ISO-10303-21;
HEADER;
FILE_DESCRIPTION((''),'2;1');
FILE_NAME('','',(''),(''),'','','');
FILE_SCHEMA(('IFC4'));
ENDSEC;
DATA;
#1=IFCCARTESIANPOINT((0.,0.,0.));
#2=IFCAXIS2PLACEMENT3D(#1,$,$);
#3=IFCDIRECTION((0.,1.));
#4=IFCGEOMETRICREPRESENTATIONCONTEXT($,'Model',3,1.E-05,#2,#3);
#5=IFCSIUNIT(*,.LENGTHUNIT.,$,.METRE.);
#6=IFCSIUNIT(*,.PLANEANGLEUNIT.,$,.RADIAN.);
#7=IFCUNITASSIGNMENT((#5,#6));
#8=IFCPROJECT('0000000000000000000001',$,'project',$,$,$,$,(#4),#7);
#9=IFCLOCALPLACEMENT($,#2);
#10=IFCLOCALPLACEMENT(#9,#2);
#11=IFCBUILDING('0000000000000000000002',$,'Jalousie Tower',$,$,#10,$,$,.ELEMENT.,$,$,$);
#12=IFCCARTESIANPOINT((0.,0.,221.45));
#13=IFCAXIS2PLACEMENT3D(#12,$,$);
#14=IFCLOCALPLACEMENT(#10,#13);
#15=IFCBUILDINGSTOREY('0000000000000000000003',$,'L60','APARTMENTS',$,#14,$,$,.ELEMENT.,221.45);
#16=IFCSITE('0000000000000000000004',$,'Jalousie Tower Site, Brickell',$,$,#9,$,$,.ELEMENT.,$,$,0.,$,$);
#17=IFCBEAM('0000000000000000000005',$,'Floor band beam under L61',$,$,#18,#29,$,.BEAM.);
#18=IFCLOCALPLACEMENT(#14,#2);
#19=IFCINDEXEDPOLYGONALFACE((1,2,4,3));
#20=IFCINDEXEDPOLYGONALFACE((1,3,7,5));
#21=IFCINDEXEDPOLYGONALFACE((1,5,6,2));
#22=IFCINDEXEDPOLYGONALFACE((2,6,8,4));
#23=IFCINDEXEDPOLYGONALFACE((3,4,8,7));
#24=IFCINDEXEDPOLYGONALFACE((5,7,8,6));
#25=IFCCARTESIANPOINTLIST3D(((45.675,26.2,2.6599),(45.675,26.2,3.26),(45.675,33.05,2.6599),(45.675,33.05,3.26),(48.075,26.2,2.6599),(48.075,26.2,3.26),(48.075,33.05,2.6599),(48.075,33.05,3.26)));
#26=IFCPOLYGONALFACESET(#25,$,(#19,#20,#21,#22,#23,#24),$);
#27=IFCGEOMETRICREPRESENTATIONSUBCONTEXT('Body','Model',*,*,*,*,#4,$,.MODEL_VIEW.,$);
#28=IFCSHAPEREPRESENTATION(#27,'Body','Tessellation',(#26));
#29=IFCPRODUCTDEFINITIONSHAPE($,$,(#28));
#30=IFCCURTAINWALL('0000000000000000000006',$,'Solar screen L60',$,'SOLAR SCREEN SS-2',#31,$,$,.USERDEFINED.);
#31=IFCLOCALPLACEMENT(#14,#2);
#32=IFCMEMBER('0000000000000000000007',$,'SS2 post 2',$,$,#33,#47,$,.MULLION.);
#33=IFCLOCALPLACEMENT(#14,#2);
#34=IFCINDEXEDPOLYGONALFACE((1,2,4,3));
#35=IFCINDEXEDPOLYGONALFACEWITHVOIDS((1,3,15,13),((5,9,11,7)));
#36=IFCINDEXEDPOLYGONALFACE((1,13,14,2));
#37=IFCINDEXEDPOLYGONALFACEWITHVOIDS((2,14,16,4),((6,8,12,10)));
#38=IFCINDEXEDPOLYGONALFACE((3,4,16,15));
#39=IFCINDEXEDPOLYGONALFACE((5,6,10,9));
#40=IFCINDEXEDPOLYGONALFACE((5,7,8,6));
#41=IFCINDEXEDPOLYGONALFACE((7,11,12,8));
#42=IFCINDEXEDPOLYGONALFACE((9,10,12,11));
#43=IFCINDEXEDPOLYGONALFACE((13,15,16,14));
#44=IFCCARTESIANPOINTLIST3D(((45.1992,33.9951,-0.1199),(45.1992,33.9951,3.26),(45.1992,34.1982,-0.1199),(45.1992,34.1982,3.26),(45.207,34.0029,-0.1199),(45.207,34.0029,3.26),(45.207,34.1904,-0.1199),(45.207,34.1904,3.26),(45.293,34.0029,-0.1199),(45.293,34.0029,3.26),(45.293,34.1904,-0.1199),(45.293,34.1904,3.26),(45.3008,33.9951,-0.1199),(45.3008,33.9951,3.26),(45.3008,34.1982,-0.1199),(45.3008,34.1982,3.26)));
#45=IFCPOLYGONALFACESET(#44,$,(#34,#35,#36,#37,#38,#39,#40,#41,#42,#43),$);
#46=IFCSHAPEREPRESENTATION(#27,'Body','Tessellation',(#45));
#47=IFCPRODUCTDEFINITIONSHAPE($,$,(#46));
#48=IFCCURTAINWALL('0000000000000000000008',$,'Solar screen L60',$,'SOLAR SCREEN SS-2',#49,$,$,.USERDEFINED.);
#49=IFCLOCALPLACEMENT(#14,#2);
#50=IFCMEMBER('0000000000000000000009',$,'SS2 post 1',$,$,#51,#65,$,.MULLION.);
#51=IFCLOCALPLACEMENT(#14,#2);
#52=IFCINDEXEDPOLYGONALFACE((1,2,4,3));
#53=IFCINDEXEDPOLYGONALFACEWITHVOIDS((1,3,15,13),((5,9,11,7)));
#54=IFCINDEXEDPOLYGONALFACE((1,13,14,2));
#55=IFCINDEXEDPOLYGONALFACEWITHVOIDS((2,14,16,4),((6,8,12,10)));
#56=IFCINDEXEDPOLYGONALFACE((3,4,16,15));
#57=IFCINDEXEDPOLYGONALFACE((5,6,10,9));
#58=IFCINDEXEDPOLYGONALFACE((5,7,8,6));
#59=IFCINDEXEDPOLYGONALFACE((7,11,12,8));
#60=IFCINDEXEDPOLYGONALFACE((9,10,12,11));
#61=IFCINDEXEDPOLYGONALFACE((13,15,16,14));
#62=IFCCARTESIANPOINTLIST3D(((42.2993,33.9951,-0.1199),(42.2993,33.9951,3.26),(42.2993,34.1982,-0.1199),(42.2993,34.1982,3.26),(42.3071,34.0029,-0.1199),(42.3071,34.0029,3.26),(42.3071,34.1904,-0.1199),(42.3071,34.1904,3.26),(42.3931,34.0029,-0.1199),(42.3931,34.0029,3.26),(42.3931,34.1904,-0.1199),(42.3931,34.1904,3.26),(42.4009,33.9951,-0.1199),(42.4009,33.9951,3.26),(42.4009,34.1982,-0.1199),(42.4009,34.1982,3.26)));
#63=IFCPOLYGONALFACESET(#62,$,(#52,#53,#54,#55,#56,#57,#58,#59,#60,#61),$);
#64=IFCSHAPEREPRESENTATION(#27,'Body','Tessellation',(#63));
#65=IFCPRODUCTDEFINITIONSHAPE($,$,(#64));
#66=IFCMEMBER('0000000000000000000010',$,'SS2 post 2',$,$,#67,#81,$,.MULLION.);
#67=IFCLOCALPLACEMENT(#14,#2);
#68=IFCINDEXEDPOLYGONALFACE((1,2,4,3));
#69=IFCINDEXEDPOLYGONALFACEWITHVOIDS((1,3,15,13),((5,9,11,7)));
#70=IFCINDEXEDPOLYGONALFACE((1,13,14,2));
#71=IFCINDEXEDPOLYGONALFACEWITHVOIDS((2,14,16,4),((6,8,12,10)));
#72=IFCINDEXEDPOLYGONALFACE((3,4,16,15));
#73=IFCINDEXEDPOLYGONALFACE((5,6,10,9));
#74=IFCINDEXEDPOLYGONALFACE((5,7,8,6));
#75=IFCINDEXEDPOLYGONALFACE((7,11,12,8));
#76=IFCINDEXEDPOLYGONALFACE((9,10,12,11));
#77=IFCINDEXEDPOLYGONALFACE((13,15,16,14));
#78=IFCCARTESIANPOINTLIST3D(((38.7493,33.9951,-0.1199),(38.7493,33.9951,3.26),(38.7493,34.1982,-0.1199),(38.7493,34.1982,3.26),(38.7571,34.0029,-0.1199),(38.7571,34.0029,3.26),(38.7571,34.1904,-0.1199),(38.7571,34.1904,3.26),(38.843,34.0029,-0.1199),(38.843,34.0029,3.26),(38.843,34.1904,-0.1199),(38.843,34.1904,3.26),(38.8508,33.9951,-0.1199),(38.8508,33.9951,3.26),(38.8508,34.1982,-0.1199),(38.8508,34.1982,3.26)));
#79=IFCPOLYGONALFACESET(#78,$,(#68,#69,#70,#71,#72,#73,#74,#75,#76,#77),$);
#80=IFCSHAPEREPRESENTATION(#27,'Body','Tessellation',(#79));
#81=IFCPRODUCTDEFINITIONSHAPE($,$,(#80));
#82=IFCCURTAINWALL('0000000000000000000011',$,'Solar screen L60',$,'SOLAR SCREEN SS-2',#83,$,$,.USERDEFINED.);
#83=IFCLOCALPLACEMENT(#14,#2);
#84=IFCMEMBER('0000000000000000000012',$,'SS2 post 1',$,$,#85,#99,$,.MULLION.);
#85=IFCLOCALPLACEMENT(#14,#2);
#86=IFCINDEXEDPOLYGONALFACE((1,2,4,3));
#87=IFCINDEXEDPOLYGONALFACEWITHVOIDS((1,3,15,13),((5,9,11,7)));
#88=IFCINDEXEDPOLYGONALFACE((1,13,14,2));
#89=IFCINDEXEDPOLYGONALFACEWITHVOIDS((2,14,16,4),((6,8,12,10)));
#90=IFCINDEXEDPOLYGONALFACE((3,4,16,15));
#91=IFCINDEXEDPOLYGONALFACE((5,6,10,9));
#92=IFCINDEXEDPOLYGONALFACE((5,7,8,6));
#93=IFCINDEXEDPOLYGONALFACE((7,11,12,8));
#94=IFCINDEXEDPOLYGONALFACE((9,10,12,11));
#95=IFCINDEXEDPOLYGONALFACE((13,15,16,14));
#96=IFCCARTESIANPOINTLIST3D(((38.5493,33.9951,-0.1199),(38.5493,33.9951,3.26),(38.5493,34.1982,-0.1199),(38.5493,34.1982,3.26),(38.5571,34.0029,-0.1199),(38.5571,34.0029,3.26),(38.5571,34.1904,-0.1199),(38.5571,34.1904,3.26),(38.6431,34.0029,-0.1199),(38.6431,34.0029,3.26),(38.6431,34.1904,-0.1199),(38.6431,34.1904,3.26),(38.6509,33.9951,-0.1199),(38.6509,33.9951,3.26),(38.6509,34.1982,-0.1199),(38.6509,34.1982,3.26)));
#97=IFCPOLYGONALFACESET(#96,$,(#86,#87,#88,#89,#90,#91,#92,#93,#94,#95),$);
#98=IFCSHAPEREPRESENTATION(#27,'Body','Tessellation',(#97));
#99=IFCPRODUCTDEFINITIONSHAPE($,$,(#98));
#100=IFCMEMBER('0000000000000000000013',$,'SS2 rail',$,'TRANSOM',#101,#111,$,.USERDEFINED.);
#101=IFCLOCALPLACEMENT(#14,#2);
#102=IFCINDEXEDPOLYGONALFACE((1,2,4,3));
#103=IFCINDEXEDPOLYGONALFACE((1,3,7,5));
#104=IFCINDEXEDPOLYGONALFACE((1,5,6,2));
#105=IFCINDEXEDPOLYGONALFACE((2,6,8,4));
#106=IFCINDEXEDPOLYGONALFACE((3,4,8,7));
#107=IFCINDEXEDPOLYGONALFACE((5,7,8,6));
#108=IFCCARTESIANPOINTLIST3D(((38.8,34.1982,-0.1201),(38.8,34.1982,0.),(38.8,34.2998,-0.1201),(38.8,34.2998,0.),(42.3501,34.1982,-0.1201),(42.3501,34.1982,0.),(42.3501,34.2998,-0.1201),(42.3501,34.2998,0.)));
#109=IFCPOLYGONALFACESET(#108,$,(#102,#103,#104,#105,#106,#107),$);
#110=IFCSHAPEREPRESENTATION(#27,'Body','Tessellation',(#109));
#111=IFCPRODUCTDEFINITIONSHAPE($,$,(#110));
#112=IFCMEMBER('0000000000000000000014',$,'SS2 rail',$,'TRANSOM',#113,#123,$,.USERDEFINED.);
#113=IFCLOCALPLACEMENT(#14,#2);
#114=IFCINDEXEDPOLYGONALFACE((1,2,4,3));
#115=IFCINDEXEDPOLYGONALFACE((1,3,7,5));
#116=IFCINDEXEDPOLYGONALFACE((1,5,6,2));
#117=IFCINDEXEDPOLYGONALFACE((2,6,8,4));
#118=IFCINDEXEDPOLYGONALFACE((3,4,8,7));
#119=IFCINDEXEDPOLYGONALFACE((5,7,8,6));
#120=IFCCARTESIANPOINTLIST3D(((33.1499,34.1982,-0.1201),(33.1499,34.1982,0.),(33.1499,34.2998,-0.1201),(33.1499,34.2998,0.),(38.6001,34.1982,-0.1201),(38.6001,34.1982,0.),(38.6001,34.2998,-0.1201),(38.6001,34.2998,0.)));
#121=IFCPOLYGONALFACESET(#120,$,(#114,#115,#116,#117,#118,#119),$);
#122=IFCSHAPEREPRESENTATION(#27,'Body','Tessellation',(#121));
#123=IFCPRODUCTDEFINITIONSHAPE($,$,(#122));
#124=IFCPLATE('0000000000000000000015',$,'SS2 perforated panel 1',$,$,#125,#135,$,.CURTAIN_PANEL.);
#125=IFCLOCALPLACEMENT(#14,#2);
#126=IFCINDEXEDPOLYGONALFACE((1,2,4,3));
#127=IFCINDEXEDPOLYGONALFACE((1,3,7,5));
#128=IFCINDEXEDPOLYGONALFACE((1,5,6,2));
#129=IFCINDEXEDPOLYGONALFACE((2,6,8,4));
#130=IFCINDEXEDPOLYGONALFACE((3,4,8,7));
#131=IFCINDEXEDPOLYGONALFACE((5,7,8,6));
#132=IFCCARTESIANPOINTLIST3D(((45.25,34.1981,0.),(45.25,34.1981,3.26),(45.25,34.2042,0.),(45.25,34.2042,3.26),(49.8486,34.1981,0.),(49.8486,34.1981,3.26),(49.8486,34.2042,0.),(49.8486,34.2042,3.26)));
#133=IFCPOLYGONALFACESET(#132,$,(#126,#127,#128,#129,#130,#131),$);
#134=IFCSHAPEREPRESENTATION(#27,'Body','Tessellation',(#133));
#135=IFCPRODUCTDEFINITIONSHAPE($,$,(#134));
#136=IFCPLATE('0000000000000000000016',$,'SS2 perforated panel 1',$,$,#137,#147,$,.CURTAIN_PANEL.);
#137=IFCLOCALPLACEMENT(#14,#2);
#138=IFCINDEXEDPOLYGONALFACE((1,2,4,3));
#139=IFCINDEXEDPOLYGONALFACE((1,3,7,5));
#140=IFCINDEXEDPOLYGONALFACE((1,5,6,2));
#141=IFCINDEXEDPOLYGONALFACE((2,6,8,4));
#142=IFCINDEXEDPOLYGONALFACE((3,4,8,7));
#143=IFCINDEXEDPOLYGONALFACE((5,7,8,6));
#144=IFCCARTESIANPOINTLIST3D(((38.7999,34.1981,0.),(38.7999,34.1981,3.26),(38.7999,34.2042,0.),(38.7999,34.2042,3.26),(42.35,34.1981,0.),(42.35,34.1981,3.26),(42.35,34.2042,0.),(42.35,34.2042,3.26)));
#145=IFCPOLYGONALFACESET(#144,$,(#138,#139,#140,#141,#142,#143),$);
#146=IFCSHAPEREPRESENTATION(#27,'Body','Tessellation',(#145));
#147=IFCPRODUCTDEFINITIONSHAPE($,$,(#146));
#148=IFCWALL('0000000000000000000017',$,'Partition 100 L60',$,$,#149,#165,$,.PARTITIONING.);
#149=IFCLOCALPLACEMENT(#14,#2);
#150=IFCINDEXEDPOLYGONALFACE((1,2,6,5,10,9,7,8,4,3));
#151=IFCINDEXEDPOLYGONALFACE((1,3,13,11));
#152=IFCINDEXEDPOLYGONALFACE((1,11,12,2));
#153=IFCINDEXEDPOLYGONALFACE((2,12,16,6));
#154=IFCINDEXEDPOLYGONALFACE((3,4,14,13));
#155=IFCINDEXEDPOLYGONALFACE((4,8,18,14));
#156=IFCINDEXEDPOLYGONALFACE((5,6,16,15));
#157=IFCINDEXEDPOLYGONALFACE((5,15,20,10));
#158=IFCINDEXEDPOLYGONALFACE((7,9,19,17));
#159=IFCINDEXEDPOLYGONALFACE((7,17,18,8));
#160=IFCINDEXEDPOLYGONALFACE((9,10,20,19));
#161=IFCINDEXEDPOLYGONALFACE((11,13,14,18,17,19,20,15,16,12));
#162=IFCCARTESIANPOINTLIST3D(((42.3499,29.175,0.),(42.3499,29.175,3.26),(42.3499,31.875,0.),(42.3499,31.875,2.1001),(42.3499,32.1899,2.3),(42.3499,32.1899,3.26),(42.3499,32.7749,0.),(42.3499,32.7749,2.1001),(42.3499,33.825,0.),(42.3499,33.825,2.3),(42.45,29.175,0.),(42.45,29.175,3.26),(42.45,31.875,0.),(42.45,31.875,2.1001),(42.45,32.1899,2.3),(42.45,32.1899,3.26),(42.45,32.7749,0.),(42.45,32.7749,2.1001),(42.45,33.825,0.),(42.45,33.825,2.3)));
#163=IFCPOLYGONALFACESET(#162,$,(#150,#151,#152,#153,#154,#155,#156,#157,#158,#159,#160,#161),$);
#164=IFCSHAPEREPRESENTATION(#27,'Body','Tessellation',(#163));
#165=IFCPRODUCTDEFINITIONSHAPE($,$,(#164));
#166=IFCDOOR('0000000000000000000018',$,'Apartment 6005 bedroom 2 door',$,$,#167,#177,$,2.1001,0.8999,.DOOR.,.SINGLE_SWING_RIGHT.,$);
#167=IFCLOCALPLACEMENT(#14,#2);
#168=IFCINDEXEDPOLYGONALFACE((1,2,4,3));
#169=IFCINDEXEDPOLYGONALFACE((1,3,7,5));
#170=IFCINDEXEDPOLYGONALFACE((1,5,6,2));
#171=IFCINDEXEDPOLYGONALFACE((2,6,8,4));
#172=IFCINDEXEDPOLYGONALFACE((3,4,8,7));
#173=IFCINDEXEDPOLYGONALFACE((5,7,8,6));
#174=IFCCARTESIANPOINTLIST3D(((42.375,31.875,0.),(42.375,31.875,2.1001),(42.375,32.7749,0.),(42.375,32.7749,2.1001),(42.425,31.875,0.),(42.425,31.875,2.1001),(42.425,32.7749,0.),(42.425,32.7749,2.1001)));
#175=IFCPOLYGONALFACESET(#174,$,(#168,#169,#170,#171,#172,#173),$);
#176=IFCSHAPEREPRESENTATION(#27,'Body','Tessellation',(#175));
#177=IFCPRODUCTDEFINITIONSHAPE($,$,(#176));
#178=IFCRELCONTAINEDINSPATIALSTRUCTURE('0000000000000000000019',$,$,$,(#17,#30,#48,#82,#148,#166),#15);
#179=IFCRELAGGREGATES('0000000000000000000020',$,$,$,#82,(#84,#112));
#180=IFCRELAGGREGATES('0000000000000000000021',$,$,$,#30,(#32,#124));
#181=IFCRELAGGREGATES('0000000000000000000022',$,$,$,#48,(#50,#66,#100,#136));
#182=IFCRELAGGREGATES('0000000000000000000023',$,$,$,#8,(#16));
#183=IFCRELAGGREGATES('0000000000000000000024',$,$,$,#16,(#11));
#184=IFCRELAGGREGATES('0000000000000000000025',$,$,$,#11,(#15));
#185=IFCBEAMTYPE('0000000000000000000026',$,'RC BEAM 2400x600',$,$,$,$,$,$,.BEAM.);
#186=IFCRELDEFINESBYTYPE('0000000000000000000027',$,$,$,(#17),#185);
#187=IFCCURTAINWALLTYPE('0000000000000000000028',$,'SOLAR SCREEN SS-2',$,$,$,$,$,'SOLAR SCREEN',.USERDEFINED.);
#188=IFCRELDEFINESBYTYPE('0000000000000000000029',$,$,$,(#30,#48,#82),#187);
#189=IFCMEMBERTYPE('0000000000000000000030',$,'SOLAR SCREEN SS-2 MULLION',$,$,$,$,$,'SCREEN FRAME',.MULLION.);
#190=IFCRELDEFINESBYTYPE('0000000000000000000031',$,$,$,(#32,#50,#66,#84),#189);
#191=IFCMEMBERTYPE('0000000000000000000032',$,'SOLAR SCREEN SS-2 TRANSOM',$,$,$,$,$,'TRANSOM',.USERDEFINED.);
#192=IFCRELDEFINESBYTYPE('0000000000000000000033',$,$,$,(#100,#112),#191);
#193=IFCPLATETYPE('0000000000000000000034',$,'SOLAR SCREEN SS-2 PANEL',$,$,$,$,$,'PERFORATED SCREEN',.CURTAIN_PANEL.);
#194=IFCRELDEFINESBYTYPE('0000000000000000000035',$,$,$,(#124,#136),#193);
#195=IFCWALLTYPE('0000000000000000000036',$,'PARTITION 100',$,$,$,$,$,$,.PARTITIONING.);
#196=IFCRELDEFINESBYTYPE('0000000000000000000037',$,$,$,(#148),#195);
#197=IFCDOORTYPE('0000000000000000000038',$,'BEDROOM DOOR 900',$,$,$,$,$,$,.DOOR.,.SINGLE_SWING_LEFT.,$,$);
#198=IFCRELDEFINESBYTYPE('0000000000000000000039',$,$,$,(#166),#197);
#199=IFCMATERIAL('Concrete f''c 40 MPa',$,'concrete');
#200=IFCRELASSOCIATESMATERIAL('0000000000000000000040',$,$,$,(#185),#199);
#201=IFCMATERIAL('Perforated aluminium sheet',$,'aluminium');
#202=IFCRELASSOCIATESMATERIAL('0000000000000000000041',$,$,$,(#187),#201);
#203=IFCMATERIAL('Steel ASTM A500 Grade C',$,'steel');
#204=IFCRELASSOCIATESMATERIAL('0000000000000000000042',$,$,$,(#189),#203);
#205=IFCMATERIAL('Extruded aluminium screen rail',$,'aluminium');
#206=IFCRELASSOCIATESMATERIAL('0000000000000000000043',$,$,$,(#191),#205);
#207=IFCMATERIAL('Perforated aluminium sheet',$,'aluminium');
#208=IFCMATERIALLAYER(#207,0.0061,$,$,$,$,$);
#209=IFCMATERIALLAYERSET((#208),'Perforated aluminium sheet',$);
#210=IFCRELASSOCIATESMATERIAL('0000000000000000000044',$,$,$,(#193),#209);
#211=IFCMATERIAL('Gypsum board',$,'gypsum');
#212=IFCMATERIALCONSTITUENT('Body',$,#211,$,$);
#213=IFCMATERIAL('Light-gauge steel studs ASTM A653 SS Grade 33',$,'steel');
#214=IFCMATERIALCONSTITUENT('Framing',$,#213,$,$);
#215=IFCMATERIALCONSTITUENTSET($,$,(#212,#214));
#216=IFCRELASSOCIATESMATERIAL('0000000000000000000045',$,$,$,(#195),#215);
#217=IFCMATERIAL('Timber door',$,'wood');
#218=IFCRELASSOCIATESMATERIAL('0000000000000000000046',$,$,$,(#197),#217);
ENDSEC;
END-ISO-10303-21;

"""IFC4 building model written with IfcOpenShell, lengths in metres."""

from ifc_helpers import new_model, si_unit, direction, frame, frame_2d, origin, origin_2d, place, context, subcontext, project, spatial, polyline, rectangle, hollow_rectangle, outline, extrude, material, layer, layer_set, constituent, constituent_set, material_profile, profile_set, type_object, element, fill, aggregate, save


model = new_model("IFC4")

# Units and contexts
model_context = context("Model", 3, precision=1e-05, world=origin(), true_north=direction((0.0, 1.0)))
body_context = subcontext(model_context, "Body", "Model", "MODEL_VIEW")
ifc_project = project(units=[si_unit("LENGTHUNIT", "METRE"), si_unit("PLANEANGLEUNIT", "RADIAN")], contexts=[model_context])

# Site, building, storey
site_placement = place(None, origin())
site = spatial("IfcSite", under=ifc_project, at=site_placement, Name="Jalousie Tower Site, Brickell", CompositionType="ELEMENT", RefElevation=0.0)
building_placement = place(site_placement, origin())
building = spatial("IfcBuilding", under=site, at=building_placement, Name="Jalousie Tower", CompositionType="ELEMENT")
storey_placement = place(building_placement, frame((0.0, 0.0, 221.45)))
storey = spatial("IfcBuildingStorey", under=building, at=storey_placement, Name="L60", Description="APARTMENTS", CompositionType="ELEMENT", Elevation=221.45)

# Beam
ifc_material_1 = material(Name="Concrete f'c 40 MPa", Category="concrete")
ifc_material_profile_1 = material_profile(ifc_material_1, rectangle(XDim=2.3999, YDim=0.6001, at=origin_2d()), Name="RC 2400x600")
ifc_profile_set_1 = profile_set([ifc_material_profile_1], Name="Concrete f'c 40 MPa")
beam_type_1 = type_object("IfcBeamType", Name="RC BEAM 2400x600", PredefinedType="BEAM", material=ifc_profile_set_1)
beam_1_placement = place(storey_placement, frame((46.875, 33.05, 2.96), z_axis=(0.0, -1.0, 0.0), x_axis=(1.0, 0.0, 0.0)))
element("IfcBeam", 1, at=beam_1_placement, inside=storey, type_object=beam_type_1, Name="Floor band beam under L61", PredefinedType="BEAM", context=body_context, shape_type="SweptSolid", body=[
    extrude(rectangle(XDim=2.3999, YDim=0.6001, at=origin_2d()), origin(), (0.0, 0.0, 1.0), 6.8501),
])

# Curtain wall, member
ifc_material_2 = material(Name="Perforated aluminium sheet", Category="aluminium")
curtain_wall_type = type_object("IfcCurtainWallType", Name="SOLAR SCREEN SS-2", ElementType="SOLAR SCREEN", PredefinedType="USERDEFINED", material=ifc_material_2)
curtain_wall_1_placement = place(storey_placement, origin())
curtain_wall_1 = element("IfcCurtainWall", 2, at=curtain_wall_1_placement, inside=storey, type_object=curtain_wall_type, Name="Solar screen L60", ObjectType="SOLAR SCREEN SS-2", PredefinedType="USERDEFINED")
ifc_material_3 = material(Name="Steel ASTM A500 Grade C", Category="steel")
ifc_material_profile_2 = material_profile(ifc_material_3, hollow_rectangle(XDim=0.1016, YDim=0.2031, WallThickness=0.0078, at=origin_2d()), Name="HSS8X4X5/16")
ifc_profile_set_2 = profile_set([ifc_material_profile_2], Name="Steel ASTM A500 Grade C")
member_type_1 = type_object("IfcMemberType", Name="SOLAR SCREEN SS-2 MULLION", ElementType="SCREEN FRAME", PredefinedType="MULLION", material=ifc_profile_set_2)
member_1_placement = place(storey_placement, frame((45.25, 34.0967, -0.1199), z_axis=(0.0, 0.0, 1.0), x_axis=(-1.0, 0.0, 0.0)))
member_1 = element("IfcMember", 3, at=member_1_placement, type_object=member_type_1, Name="SS2 post 2", PredefinedType="MULLION", context=body_context, shape_type="SweptSolid", body=[
    extrude(hollow_rectangle(XDim=0.1016, YDim=0.2031, WallThickness=0.0078, at=origin_2d()), origin(), (0.0, 0.0, 1.0), 3.3799),
])

# Curtain wall, members
curtain_wall_2_placement = place(storey_placement, origin())
curtain_wall_2 = element("IfcCurtainWall", 4, at=curtain_wall_2_placement, inside=storey, type_object=curtain_wall_type, Name="Solar screen L60", ObjectType="SOLAR SCREEN SS-2", PredefinedType="USERDEFINED")
member_2_placement = place(storey_placement, frame((42.3501, 34.0967, -0.1199), z_axis=(0.0, 0.0, 1.0), x_axis=(-1.0, 0.0, 0.0)))
member_2 = element("IfcMember", 5, at=member_2_placement, type_object=member_type_1, Name="SS2 post 1", PredefinedType="MULLION", context=body_context, shape_type="SweptSolid", body=[
    extrude(hollow_rectangle(XDim=0.1016, YDim=0.2031, WallThickness=0.0078, at=origin_2d()), origin(), (0.0, 0.0, 1.0), 3.3799),
])
member_3_placement = place(storey_placement, frame((38.8, 34.0967, -0.1199), z_axis=(0.0, 0.0, 1.0), x_axis=(-1.0, 0.0, 0.0)))
member_3 = element("IfcMember", 6, at=member_3_placement, type_object=member_type_1, Name="SS2 post 2", PredefinedType="MULLION", context=body_context, shape_type="SweptSolid", body=[
    extrude(hollow_rectangle(XDim=0.1016, YDim=0.2031, WallThickness=0.0078, at=origin_2d()), origin(), (0.0, 0.0, 1.0), 3.3799),
])

# Curtain wall, member
curtain_wall_3_placement = place(storey_placement, origin())
curtain_wall_3 = element("IfcCurtainWall", 7, at=curtain_wall_3_placement, inside=storey, type_object=curtain_wall_type, Name="Solar screen L60", ObjectType="SOLAR SCREEN SS-2", PredefinedType="USERDEFINED")
member_4_placement = place(storey_placement, frame((38.6001, 34.0967, -0.1199), z_axis=(0.0, 0.0, 1.0), x_axis=(-1.0, 0.0, 0.0)))
member_4 = element("IfcMember", 8, at=member_4_placement, type_object=member_type_1, Name="SS2 post 1", PredefinedType="MULLION", context=body_context, shape_type="SweptSolid", body=[
    extrude(hollow_rectangle(XDim=0.1016, YDim=0.2031, WallThickness=0.0078, at=origin_2d()), origin(), (0.0, 0.0, 1.0), 3.3799),
])

# Members
ifc_material_4 = material(Name="Extruded aluminium screen rail", Category="aluminium")
ifc_material_profile_3 = material_profile(ifc_material_4, rectangle(XDim=0.1016, YDim=0.1201, at=origin_2d()), Name="RAIL 102x120")
ifc_profile_set_3 = profile_set([ifc_material_profile_3], Name="Extruded aluminium screen rail")
member_type_2 = type_object("IfcMemberType", Name="SOLAR SCREEN SS-2 TRANSOM", ElementType="TRANSOM", PredefinedType="USERDEFINED", material=ifc_profile_set_3)
member_5_placement = place(storey_placement, frame((42.3501, 34.249, -0.0601), z_axis=(-1.0, 0.0, 0.0), x_axis=(0.0, -1.0, 0.0)))
member_5 = element("IfcMember", 9, at=member_5_placement, type_object=member_type_2, Name="SS2 rail", ObjectType="TRANSOM", PredefinedType="USERDEFINED", context=body_context, shape_type="SweptSolid", body=[
    extrude(rectangle(XDim=0.1016, YDim=0.1201, at=origin_2d()), origin(), (0.0, 0.0, 1.0), 3.55),
])
member_6_placement = place(storey_placement, frame((38.6001, 34.249, -0.0601), z_axis=(-1.0, 0.0, 0.0), x_axis=(0.0, -1.0, 0.0)))
member_6 = element("IfcMember", 10, at=member_6_placement, type_object=member_type_2, Name="SS2 rail", ObjectType="TRANSOM", PredefinedType="USERDEFINED", context=body_context, shape_type="SweptSolid", body=[
    extrude(rectangle(XDim=0.1016, YDim=0.1201, at=origin_2d()), origin(), (0.0, 0.0, 1.0), 5.4502),
])
aggregate(curtain_wall_3, [member_4, member_6])

# Plates
ifc_material_5 = material(Name="Perforated aluminium sheet", Category="aluminium")
ifc_layer = layer(ifc_material_5, 0.0061)
ifc_layer_set = layer_set([ifc_layer], Name="Perforated aluminium sheet")
plate_type = type_object("IfcPlateType", Name="SOLAR SCREEN SS-2 PANEL", ElementType="PERFORATED SCREEN", PredefinedType="CURTAIN_PANEL", material=ifc_layer_set)
plate_1_placement = place(storey_placement, frame((47.5493, 34.2012, 0.0), z_axis=(0.0, 0.0, 1.0), x_axis=(-1.0, 0.0, 0.0)))
plate_1 = element("IfcPlate", 11, at=plate_1_placement, type_object=plate_type, Name="SS2 perforated panel 1", PredefinedType="CURTAIN_PANEL", context=body_context, shape_type="SweptSolid", body=[
    extrude(rectangle(XDim=4.5986, YDim=0.0061, at=origin_2d()), origin(), (0.0, 0.0, 1.0), 3.26),
])
aggregate(curtain_wall_1, [member_1, plate_1])
plate_2_placement = place(storey_placement, frame((40.575, 34.2012, 0.0), z_axis=(0.0, 0.0, 1.0), x_axis=(-1.0, 0.0, 0.0)))
plate_2 = element("IfcPlate", 12, at=plate_2_placement, type_object=plate_type, Name="SS2 perforated panel 1", PredefinedType="CURTAIN_PANEL", context=body_context, shape_type="SweptSolid", body=[
    extrude(rectangle(XDim=3.55, YDim=0.0061, at=origin_2d()), origin(), (0.0, 0.0, 1.0), 3.26),
])
aggregate(curtain_wall_2, [member_2, member_3, member_5, plate_2])

# Wall, opening, door
ifc_material_6 = material(Name="Gypsum board", Category="gypsum")
ifc_constituent_1 = constituent(ifc_material_6, Name="Body")
ifc_material_7 = material(Name="Light-gauge steel studs ASTM A653 SS Grade 33", Category="steel")
ifc_constituent_2 = constituent(ifc_material_7, Name="Framing")
ifc_constituent_set_1 = constituent_set(constituents=[ifc_constituent_1, ifc_constituent_2])
wall_type_1 = type_object("IfcWallType", Name="PARTITION 100", PredefinedType="PARTITIONING", material=ifc_constituent_set_1)
wall_1_placement = place(storey_placement, frame((42.3999, 33.825, 0.0), z_axis=(0.0, 0.0, 1.0), x_axis=(0.0, -1.0, 0.0)))
wall_1 = element("IfcWall", 13, at=wall_1_placement, inside=storey, type_object=wall_type_1, Name="Partition 100 L60", PredefinedType="PARTITIONING", context=body_context, shape_type="SweptSolid", body=[
    extrude(outline(polyline([(0.0, 0.0), (4.6499, 0.0), (4.6499, 3.26), (1.635, 3.26), (1.635, 2.3), (0.0, 2.3), (0.0, 3.26), (0.0, 0.0)])), frame((0.0, 0.05, 0.0), z_axis=(0.0, -1.0, 0.0), x_axis=(1.0, 0.0, 0.0)), (0.0, 0.0, 1.0), 0.1001),
])
opening_placement = place(wall_1_placement, frame((1.05, 0.0, 0.0)))
opening = element("IfcOpeningElement", 14, at=opening_placement, cuts=wall_1, PredefinedType="OPENING", context=body_context, shape_type="SweptSolid", body=[
    extrude(rectangle(XDim=0.8999, YDim=2.1001, at=frame_2d((0.45, 1.05))), frame((0.0, 0.0601, 0.0), z_axis=(0.0, -1.0, 0.0), x_axis=(1.0, 0.0, 0.0)), (0.0, 0.0, 1.0), 0.1201),
])
ifc_material_8 = material(Name="Timber door", Category="wood")
door_type = type_object("IfcDoorType", Name="BEDROOM DOOR 900", OperationType="SINGLE_SWING_LEFT", PredefinedType="DOOR", material=ifc_material_8)
door_placement = place(opening_placement, frame((0.8999, 0.0, 0.0), z_axis=(0.0, 0.0, 1.0), x_axis=(-1.0, 0.0, 0.0)))
door = element("IfcDoor", 15, at=door_placement, inside=storey, type_object=door_type, Name="Apartment 6005 bedroom 2 door", OperationType="SINGLE_SWING_RIGHT", OverallHeight=2.1001, OverallWidth=0.8999, PredefinedType="DOOR", context=body_context, shape_type="SweptSolid", body=[
    extrude(rectangle(XDim=0.8999, YDim=2.1001, at=frame_2d((0.45, 1.05))), frame((0.0, 0.0249, 0.0), z_axis=(0.0, -1.0, 0.0), x_axis=(1.0, 0.0, 0.0)), (0.0, 0.0, 1.0), 0.05),
])
fill(opening, door)

save(model, "model.ifc")
